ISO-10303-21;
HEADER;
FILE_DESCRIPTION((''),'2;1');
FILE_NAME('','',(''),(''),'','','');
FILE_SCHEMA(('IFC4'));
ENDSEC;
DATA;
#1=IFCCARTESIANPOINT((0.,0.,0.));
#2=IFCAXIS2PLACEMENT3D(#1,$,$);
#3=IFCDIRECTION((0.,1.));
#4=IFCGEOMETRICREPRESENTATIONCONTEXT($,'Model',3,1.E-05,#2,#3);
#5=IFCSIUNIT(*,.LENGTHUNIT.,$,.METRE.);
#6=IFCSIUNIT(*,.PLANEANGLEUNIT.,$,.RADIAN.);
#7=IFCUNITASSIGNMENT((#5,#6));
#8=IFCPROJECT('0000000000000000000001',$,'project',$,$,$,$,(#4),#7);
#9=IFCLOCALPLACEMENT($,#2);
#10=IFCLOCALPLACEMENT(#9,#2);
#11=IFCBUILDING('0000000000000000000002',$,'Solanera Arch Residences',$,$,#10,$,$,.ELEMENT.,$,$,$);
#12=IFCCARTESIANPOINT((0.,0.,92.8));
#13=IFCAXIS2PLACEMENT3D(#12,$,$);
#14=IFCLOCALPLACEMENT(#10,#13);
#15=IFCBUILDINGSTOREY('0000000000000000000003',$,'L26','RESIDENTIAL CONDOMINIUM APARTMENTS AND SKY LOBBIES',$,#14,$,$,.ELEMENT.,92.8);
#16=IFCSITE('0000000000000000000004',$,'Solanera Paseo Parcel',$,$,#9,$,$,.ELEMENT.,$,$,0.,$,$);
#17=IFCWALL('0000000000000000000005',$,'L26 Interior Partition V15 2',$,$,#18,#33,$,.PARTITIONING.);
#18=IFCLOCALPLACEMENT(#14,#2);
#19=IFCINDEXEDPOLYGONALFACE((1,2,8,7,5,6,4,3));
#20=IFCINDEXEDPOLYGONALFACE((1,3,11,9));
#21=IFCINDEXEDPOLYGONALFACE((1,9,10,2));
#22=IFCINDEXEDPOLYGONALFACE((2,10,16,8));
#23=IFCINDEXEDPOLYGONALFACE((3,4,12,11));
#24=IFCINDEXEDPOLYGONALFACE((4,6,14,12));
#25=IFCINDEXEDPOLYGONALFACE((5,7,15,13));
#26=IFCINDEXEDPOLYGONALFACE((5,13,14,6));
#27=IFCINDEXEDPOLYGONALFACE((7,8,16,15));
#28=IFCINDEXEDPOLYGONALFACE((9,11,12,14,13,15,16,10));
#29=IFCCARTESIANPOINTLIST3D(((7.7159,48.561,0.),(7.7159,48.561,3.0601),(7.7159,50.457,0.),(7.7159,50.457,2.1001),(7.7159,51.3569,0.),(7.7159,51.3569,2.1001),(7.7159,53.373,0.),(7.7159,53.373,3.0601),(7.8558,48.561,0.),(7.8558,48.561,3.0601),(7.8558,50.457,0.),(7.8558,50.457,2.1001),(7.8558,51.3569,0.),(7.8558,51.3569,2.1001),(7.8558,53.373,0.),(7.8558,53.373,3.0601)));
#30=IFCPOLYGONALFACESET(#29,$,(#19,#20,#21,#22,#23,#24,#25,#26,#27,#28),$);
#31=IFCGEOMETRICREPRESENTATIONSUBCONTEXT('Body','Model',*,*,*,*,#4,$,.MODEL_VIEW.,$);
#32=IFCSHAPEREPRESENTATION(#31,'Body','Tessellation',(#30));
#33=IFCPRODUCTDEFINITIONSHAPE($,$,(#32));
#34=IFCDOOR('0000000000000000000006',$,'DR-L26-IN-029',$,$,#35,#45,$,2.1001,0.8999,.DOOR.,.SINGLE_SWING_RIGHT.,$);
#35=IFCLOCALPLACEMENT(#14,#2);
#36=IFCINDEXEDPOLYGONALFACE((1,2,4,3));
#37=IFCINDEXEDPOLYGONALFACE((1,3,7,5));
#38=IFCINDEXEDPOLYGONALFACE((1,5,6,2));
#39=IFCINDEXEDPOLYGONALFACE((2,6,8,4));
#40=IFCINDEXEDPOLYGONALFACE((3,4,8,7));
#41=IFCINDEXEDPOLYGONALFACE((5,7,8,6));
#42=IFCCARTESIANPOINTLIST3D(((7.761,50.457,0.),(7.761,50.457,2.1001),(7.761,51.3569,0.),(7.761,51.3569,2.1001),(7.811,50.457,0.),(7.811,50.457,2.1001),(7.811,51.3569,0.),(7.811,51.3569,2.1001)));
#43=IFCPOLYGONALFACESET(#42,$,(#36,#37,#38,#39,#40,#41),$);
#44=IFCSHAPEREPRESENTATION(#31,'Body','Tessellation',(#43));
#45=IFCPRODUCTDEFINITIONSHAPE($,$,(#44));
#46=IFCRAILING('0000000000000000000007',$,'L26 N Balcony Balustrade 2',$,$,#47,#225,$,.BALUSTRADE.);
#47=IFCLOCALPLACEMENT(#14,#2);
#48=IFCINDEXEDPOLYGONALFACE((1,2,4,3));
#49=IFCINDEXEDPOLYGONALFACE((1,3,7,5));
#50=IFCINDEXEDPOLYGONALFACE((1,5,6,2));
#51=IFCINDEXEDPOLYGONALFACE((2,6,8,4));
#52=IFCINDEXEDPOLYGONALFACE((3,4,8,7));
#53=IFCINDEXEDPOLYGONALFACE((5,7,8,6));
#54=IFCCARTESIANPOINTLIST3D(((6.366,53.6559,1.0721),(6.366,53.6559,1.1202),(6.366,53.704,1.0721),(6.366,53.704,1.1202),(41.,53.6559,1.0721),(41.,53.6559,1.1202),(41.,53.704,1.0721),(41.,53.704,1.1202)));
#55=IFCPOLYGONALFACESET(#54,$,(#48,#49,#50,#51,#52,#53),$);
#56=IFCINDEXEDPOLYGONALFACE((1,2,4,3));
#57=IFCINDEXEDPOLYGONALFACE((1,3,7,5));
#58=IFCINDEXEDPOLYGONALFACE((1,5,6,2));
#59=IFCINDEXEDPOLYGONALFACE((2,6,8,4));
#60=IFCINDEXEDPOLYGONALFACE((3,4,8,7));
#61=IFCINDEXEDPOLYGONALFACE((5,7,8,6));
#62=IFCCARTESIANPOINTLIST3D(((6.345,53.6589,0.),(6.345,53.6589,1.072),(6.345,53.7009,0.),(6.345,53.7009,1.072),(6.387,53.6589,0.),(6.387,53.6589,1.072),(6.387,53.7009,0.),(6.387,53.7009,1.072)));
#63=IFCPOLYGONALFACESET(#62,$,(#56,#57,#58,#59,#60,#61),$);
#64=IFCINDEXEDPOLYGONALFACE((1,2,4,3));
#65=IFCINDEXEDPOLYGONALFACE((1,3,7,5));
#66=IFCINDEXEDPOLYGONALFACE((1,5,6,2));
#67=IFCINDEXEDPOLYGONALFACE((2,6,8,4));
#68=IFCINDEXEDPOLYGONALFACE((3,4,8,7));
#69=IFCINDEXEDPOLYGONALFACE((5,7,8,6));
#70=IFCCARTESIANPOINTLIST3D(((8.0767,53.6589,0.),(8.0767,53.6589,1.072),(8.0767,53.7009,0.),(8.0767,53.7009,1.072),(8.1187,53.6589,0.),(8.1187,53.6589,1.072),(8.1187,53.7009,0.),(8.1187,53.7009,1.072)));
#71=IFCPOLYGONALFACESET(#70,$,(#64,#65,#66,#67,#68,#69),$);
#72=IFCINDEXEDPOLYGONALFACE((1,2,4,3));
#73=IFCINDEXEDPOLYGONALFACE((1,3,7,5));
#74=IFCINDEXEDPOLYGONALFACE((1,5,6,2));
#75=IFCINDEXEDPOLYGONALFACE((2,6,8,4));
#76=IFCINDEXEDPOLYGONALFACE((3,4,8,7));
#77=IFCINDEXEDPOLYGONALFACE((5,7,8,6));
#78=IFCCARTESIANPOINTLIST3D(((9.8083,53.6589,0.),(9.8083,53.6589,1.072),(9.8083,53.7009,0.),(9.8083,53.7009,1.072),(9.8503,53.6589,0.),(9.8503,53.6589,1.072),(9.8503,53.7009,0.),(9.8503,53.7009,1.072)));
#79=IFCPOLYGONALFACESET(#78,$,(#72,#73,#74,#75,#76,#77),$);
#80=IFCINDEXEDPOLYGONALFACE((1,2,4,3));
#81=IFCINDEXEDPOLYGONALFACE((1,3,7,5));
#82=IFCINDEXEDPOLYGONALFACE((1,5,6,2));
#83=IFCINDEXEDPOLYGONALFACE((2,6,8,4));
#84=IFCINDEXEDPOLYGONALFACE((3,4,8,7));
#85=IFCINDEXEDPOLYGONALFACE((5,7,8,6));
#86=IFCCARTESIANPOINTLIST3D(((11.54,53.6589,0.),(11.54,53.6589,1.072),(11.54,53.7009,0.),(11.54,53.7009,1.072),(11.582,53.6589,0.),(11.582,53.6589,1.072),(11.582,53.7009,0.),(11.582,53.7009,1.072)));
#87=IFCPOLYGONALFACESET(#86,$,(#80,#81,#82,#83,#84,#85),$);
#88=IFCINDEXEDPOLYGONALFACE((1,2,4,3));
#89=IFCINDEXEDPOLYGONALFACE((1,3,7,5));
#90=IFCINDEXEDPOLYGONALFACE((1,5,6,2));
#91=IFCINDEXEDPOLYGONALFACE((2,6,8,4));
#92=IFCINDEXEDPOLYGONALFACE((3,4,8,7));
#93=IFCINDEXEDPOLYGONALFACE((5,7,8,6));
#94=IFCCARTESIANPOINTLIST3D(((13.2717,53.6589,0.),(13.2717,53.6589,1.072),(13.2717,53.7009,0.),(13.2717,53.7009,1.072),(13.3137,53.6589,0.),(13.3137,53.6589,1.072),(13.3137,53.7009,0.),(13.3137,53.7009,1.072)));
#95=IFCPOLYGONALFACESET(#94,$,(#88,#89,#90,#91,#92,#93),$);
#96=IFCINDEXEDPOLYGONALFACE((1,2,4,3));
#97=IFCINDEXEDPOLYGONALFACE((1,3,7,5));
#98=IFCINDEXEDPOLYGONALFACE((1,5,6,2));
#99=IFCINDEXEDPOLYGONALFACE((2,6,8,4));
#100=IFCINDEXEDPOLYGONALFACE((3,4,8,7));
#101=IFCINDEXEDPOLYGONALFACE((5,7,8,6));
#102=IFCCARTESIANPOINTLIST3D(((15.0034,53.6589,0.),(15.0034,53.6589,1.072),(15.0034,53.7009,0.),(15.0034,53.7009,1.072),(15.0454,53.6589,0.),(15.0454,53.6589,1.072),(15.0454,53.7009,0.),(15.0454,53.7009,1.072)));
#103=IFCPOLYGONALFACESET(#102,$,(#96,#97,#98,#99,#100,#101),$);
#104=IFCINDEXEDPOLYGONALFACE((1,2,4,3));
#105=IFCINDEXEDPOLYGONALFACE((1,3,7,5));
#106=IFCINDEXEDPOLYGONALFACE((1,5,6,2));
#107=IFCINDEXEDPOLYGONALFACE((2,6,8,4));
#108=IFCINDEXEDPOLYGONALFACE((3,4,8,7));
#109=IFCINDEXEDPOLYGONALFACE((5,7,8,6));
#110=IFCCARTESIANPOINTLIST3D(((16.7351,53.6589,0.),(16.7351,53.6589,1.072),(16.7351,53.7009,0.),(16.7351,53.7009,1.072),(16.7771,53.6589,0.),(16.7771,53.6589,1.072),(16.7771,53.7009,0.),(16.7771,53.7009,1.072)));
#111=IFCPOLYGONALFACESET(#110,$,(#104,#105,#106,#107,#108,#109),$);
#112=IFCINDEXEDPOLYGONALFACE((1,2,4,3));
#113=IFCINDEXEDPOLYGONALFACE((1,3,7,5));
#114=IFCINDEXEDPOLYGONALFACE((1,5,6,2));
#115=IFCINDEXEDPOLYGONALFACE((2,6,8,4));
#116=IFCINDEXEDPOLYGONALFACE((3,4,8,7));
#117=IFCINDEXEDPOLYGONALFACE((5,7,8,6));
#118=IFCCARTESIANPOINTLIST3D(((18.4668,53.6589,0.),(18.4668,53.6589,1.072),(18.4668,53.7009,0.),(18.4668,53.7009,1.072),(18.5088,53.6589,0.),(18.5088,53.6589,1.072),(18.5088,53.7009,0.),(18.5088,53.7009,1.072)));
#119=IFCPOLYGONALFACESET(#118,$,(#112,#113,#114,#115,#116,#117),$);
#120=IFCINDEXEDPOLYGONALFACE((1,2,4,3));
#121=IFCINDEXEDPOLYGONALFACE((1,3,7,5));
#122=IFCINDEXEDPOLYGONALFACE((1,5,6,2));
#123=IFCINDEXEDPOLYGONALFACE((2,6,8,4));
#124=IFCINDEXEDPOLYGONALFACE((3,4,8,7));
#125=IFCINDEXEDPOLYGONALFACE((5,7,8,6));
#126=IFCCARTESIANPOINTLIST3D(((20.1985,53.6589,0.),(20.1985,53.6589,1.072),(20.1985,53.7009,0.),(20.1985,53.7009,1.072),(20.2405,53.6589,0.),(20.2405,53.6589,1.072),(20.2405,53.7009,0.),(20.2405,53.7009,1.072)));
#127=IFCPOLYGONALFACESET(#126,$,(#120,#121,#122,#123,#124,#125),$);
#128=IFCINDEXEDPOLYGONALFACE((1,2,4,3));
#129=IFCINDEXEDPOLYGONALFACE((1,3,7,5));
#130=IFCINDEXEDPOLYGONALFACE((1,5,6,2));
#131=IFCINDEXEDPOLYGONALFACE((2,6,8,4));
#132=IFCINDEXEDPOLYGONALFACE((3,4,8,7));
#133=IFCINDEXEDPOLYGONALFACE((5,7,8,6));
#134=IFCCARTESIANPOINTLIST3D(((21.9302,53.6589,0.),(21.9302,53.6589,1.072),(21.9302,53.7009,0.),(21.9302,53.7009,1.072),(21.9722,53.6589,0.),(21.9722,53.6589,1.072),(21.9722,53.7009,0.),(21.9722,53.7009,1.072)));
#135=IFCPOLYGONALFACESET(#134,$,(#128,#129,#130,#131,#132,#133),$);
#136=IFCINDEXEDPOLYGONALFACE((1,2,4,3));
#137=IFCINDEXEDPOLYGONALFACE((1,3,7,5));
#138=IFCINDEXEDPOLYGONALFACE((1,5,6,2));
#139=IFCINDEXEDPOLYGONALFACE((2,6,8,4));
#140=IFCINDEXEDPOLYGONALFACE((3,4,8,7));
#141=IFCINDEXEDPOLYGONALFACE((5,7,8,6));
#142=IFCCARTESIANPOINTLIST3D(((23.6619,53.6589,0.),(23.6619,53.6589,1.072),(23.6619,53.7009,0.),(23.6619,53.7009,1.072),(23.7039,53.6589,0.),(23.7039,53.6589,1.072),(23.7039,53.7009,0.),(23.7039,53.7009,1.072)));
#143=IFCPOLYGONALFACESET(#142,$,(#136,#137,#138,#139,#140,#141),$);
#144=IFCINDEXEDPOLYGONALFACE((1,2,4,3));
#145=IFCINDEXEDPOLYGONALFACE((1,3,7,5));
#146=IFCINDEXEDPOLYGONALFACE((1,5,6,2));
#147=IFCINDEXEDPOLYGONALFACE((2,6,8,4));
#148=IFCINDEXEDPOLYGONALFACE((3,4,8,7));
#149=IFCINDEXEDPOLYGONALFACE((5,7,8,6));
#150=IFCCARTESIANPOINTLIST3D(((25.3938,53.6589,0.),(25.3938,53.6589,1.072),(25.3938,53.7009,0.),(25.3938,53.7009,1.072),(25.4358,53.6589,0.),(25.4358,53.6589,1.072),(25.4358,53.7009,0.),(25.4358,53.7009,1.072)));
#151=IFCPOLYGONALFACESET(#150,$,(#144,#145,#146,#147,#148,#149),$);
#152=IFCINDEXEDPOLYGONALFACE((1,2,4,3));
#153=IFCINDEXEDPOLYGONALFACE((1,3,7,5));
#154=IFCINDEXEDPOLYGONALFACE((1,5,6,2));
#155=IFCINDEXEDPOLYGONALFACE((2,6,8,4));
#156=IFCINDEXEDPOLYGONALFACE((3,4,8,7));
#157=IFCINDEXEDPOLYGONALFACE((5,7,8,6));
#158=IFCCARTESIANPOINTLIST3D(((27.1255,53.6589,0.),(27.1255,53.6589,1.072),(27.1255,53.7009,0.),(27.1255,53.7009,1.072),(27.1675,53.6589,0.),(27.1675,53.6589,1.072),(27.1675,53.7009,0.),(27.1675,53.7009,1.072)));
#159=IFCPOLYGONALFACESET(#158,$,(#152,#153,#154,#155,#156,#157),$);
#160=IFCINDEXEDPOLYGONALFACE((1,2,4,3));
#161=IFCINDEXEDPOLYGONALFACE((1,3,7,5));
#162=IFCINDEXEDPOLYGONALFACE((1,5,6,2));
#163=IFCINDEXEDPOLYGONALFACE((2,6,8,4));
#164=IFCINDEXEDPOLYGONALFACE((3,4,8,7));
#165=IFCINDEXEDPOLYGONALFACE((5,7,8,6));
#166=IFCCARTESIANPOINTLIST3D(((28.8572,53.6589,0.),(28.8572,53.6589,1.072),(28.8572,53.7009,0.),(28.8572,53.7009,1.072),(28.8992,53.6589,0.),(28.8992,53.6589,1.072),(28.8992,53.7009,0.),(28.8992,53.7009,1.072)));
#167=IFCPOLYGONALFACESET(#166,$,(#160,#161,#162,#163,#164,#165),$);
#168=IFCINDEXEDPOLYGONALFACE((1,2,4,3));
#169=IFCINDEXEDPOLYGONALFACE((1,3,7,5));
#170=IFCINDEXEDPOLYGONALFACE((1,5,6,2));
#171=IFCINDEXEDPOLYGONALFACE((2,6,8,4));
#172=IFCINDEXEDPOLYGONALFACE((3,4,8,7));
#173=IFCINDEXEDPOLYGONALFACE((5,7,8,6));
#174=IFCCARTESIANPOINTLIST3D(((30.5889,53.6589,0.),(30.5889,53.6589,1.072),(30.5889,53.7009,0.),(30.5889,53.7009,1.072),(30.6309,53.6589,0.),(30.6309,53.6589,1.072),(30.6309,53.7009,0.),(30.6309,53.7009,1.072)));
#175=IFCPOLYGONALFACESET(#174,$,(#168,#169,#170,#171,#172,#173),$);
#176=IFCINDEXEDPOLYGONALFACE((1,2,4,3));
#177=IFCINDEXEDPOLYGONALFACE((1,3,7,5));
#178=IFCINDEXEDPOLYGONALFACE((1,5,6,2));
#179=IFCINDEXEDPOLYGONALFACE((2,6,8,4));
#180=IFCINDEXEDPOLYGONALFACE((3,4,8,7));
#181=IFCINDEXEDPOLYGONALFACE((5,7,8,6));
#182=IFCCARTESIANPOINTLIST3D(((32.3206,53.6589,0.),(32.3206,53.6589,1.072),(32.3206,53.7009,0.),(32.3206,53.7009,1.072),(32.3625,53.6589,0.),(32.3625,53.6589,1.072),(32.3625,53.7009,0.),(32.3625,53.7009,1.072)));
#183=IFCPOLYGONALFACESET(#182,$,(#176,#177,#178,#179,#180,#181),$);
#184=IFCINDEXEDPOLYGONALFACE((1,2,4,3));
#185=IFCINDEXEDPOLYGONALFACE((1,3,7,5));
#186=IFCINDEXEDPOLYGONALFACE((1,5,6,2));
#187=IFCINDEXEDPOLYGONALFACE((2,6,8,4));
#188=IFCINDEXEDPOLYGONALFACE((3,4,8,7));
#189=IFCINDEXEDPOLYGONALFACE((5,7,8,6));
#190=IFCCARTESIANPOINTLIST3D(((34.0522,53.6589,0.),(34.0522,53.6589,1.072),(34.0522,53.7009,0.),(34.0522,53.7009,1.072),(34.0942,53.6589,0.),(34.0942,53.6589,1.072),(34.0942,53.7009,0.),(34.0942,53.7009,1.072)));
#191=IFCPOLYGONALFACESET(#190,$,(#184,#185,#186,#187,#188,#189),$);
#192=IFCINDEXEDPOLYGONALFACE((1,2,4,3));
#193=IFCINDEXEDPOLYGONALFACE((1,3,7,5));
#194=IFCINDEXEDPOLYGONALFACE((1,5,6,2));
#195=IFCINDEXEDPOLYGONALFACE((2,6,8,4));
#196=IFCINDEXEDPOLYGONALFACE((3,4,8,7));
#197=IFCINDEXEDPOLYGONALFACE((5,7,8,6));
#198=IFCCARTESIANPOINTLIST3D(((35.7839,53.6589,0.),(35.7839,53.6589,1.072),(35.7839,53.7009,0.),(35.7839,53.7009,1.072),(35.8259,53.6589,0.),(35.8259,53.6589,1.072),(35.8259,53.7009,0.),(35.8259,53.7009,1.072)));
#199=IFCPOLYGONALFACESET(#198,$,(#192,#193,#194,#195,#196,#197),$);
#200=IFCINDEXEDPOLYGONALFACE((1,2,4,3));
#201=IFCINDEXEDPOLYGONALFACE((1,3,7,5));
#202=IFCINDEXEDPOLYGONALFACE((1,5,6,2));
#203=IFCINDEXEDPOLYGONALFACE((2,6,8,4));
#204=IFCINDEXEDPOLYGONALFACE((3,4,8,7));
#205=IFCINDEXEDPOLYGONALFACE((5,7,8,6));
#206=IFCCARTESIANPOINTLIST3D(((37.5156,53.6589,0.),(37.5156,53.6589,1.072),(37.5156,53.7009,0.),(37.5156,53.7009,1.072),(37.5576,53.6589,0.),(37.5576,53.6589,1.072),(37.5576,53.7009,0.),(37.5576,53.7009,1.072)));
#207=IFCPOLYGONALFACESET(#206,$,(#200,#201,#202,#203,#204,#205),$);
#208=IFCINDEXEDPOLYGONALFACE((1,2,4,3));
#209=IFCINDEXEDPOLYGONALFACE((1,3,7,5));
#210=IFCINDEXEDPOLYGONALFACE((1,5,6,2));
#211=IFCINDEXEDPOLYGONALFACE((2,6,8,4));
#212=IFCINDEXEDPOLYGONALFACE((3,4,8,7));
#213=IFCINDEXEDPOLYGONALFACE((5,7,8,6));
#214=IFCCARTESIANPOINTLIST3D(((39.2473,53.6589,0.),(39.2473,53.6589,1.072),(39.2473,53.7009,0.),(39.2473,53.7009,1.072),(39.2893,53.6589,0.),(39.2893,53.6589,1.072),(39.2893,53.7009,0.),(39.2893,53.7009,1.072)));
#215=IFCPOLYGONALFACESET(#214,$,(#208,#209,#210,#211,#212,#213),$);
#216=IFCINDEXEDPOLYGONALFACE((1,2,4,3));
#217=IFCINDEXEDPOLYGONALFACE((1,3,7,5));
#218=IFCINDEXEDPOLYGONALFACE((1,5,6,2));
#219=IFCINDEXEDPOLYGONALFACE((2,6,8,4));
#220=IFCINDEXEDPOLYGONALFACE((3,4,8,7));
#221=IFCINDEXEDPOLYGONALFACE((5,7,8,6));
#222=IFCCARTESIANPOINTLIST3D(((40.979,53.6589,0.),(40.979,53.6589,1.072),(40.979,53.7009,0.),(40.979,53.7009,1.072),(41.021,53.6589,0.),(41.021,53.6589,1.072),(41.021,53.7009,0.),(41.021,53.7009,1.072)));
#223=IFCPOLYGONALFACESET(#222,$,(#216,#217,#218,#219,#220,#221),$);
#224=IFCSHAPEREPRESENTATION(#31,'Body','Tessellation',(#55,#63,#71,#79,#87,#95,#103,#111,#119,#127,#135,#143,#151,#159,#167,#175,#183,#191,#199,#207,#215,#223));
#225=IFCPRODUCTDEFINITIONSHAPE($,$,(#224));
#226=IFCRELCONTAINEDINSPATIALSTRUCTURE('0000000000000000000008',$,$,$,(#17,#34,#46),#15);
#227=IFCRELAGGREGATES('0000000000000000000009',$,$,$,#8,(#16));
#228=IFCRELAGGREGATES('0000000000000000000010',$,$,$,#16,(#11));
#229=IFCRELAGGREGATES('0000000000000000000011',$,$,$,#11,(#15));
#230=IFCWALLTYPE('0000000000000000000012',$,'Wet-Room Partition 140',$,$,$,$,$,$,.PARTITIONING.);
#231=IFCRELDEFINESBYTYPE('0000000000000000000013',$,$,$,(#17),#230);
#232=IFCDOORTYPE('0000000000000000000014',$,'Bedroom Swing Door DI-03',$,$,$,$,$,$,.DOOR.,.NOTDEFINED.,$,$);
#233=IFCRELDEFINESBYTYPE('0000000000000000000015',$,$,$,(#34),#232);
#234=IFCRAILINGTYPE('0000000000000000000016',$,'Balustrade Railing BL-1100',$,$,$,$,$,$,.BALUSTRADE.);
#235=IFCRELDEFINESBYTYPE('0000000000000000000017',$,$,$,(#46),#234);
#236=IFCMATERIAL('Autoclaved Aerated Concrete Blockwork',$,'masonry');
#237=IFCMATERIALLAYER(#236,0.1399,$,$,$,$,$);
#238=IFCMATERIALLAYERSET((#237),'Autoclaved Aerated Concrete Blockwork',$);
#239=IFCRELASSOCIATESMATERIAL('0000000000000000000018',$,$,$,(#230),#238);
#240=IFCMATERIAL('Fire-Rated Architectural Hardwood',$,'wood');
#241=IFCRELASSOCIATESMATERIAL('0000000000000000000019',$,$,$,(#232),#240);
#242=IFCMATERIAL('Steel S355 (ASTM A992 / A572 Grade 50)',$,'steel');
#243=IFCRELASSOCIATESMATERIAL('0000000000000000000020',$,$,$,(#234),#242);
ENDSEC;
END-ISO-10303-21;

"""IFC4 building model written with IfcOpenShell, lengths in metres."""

from ifc_helpers import new_model, si_unit, direction, frame, frame_2d, origin, origin_2d, place, context, subcontext, project, spatial, rectangle, extrude, material, layer, layer_set, type_object, element, fill, save


model = new_model("IFC4")

# Units and contexts
model_context = context("Model", 3, precision=1e-05, world=origin(), true_north=direction((0.0, 1.0)))
body_context = subcontext(model_context, "Body", "Model", "MODEL_VIEW")
ifc_project = project(units=[si_unit("LENGTHUNIT", "METRE"), si_unit("PLANEANGLEUNIT", "RADIAN")], contexts=[model_context])

# Site, building, storey
site_placement = place(None, origin())
site = spatial("IfcSite", under=ifc_project, at=site_placement, Name="Solanera Paseo Parcel", CompositionType="ELEMENT", RefElevation=0.0)
building_placement = place(site_placement, origin())
building = spatial("IfcBuilding", under=site, at=building_placement, Name="Solanera Arch Residences", CompositionType="ELEMENT")
storey_placement = place(building_placement, frame((0.0, 0.0, 92.8)))
storey = spatial("IfcBuildingStorey", under=building, at=storey_placement, Name="L26", Description="RESIDENTIAL CONDOMINIUM APARTMENTS AND SKY LOBBIES", CompositionType="ELEMENT", Elevation=92.8)

# Wall, opening, door
ifc_material_1 = material(Name="Autoclaved Aerated Concrete Blockwork", Category="masonry")
ifc_layer_1 = layer(ifc_material_1, 0.1399)
ifc_layer_set_1 = layer_set([ifc_layer_1], Name="Autoclaved Aerated Concrete Blockwork")
wall_type_1 = type_object("IfcWallType", Name="Wet-Room Partition 140", PredefinedType="PARTITIONING", material=ifc_layer_set_1)
wall_1_placement = place(storey_placement, frame((7.7859, 48.561, 0.0), z_axis=(0.0, 0.0, 1.0), x_axis=(0.0, 1.0, 0.0)))
wall_1 = element("IfcWall", 1, at=wall_1_placement, inside=storey, type_object=wall_type_1, Name="L26 Interior Partition V15 2", PredefinedType="PARTITIONING", context=body_context, shape_type="SweptSolid", body=[
    extrude(rectangle(XDim=4.812, YDim=0.1399, at=frame_2d((2.406, 0.0))), origin(), (0.0, 0.0, 1.0), 3.0601),
])
opening_1_placement = place(wall_1_placement, frame((1.896, 0.0, 0.0)))
opening_1 = element("IfcOpeningElement", 2, at=opening_1_placement, cuts=wall_1, PredefinedType="OPENING", context=body_context, shape_type="SweptSolid", body=[
    extrude(rectangle(XDim=0.8999, YDim=2.1001, at=frame_2d((0.45, 1.05))), frame((0.0, 0.0798, 0.0), z_axis=(0.0, -1.0, 0.0), x_axis=(1.0, 0.0, 0.0)), (0.0, 0.0, 1.0), 0.1599),
])
ifc_material_2 = material(Name="Fire-Rated Architectural Hardwood", Category="wood")
door_type_1 = type_object("IfcDoorType", Name="Bedroom Swing Door DI-03", OperationType="NOTDEFINED", PredefinedType="DOOR", material=ifc_material_2)
door_1_placement = place(opening_1_placement, origin())
door_1 = element("IfcDoor", 3, at=door_1_placement, inside=storey, type_object=door_type_1, Name="DR-L26-IN-029", OperationType="SINGLE_SWING_RIGHT", OverallHeight=2.1001, OverallWidth=0.8999, PredefinedType="DOOR", context=body_context, shape_type="SweptSolid", body=[
    extrude(rectangle(XDim=0.8999, YDim=2.1001, at=frame_2d((0.45, 1.05))), frame((0.0, 0.0249, 0.0), z_axis=(0.0, -1.0, 0.0), x_axis=(1.0, 0.0, 0.0)), (0.0, 0.0, 1.0), 0.05),
])
fill(opening_1, door_1)

# Railing
ifc_material_3 = material(Name="Steel S355 (ASTM A992 / A572 Grade 50)", Category="steel")
railing_type = type_object("IfcRailingType", Name="Balustrade Railing BL-1100", PredefinedType="BALUSTRADE", material=ifc_material_3)
railing_placement = place(storey_placement, frame((6.366, 53.6799, 0.0)))
element("IfcRailing", 4, at=railing_placement, inside=storey, type_object=railing_type, Name="L26 N Balcony Balustrade 2", PredefinedType="BALUSTRADE", context=body_context, shape_type="SweptSolid", body=[
    extrude(rectangle(XDim=0.0481, YDim=0.0481, at=origin_2d()), frame((0.0, 0.0, 1.0962), z_axis=(1.0, 0.0, 0.0), x_axis=(0.0, 1.0, 0.0)), (0.0, 0.0, 1.0), 34.634),
    extrude(rectangle(XDim=0.042, YDim=0.042, at=origin_2d()), origin(), (0.0, 0.0, 1.0), 1.072),
    extrude(rectangle(XDim=0.042, YDim=0.042, at=origin_2d()), frame((1.7317, 0.0, 0.0)), (0.0, 0.0, 1.0), 1.072),
    extrude(rectangle(XDim=0.042, YDim=0.042, at=origin_2d()), frame((3.4634, 0.0, 0.0)), (0.0, 0.0, 1.0), 1.072),
    extrude(rectangle(XDim=0.042, YDim=0.042, at=origin_2d()), frame((5.1951, 0.0, 0.0)), (0.0, 0.0, 1.0), 1.072),
    extrude(rectangle(XDim=0.042, YDim=0.042, at=origin_2d()), frame((6.9268, 0.0, 0.0)), (0.0, 0.0, 1.0), 1.072),
    extrude(rectangle(XDim=0.042, YDim=0.042, at=origin_2d()), frame((8.6584, 0.0, 0.0)), (0.0, 0.0, 1.0), 1.072),
    extrude(rectangle(XDim=0.042, YDim=0.042, at=origin_2d()), frame((10.3901, 0.0, 0.0)), (0.0, 0.0, 1.0), 1.072),
    extrude(rectangle(XDim=0.042, YDim=0.042, at=origin_2d()), frame((12.1218, 0.0, 0.0)), (0.0, 0.0, 1.0), 1.072),
    extrude(rectangle(XDim=0.042, YDim=0.042, at=origin_2d()), frame((13.8535, 0.0, 0.0)), (0.0, 0.0, 1.0), 1.072),
    extrude(rectangle(XDim=0.042, YDim=0.042, at=origin_2d()), frame((15.5852, 0.0, 0.0)), (0.0, 0.0, 1.0), 1.072),
    extrude(rectangle(XDim=0.042, YDim=0.042, at=origin_2d()), frame((17.3169, 0.0, 0.0)), (0.0, 0.0, 1.0), 1.072),
    extrude(rectangle(XDim=0.042, YDim=0.042, at=origin_2d()), frame((19.0488, 0.0, 0.0)), (0.0, 0.0, 1.0), 1.072),
    extrude(rectangle(XDim=0.042, YDim=0.042, at=origin_2d()), frame((20.7805, 0.0, 0.0)), (0.0, 0.0, 1.0), 1.072),
    extrude(rectangle(XDim=0.042, YDim=0.042, at=origin_2d()), frame((22.5122, 0.0, 0.0)), (0.0, 0.0, 1.0), 1.072),
    extrude(rectangle(XDim=0.042, YDim=0.042, at=origin_2d()), frame((24.2439, 0.0, 0.0)), (0.0, 0.0, 1.0), 1.072),
    extrude(rectangle(XDim=0.042, YDim=0.042, at=origin_2d()), frame((25.9756, 0.0, 0.0)), (0.0, 0.0, 1.0), 1.072),
    extrude(rectangle(XDim=0.042, YDim=0.042, at=origin_2d()), frame((27.7073, 0.0, 0.0)), (0.0, 0.0, 1.0), 1.072),
    extrude(rectangle(XDim=0.042, YDim=0.042, at=origin_2d()), frame((29.439, 0.0, 0.0)), (0.0, 0.0, 1.0), 1.072),
    extrude(rectangle(XDim=0.042, YDim=0.042, at=origin_2d()), frame((31.1707, 0.0, 0.0)), (0.0, 0.0, 1.0), 1.072),
    extrude(rectangle(XDim=0.042, YDim=0.042, at=origin_2d()), frame((32.9023, 0.0, 0.0)), (0.0, 0.0, 1.0), 1.072),
    extrude(rectangle(XDim=0.042, YDim=0.042, at=origin_2d()), frame((34.634, 0.0, 0.0)), (0.0, 0.0, 1.0), 1.072),
])

save(model, "model.ifc")
